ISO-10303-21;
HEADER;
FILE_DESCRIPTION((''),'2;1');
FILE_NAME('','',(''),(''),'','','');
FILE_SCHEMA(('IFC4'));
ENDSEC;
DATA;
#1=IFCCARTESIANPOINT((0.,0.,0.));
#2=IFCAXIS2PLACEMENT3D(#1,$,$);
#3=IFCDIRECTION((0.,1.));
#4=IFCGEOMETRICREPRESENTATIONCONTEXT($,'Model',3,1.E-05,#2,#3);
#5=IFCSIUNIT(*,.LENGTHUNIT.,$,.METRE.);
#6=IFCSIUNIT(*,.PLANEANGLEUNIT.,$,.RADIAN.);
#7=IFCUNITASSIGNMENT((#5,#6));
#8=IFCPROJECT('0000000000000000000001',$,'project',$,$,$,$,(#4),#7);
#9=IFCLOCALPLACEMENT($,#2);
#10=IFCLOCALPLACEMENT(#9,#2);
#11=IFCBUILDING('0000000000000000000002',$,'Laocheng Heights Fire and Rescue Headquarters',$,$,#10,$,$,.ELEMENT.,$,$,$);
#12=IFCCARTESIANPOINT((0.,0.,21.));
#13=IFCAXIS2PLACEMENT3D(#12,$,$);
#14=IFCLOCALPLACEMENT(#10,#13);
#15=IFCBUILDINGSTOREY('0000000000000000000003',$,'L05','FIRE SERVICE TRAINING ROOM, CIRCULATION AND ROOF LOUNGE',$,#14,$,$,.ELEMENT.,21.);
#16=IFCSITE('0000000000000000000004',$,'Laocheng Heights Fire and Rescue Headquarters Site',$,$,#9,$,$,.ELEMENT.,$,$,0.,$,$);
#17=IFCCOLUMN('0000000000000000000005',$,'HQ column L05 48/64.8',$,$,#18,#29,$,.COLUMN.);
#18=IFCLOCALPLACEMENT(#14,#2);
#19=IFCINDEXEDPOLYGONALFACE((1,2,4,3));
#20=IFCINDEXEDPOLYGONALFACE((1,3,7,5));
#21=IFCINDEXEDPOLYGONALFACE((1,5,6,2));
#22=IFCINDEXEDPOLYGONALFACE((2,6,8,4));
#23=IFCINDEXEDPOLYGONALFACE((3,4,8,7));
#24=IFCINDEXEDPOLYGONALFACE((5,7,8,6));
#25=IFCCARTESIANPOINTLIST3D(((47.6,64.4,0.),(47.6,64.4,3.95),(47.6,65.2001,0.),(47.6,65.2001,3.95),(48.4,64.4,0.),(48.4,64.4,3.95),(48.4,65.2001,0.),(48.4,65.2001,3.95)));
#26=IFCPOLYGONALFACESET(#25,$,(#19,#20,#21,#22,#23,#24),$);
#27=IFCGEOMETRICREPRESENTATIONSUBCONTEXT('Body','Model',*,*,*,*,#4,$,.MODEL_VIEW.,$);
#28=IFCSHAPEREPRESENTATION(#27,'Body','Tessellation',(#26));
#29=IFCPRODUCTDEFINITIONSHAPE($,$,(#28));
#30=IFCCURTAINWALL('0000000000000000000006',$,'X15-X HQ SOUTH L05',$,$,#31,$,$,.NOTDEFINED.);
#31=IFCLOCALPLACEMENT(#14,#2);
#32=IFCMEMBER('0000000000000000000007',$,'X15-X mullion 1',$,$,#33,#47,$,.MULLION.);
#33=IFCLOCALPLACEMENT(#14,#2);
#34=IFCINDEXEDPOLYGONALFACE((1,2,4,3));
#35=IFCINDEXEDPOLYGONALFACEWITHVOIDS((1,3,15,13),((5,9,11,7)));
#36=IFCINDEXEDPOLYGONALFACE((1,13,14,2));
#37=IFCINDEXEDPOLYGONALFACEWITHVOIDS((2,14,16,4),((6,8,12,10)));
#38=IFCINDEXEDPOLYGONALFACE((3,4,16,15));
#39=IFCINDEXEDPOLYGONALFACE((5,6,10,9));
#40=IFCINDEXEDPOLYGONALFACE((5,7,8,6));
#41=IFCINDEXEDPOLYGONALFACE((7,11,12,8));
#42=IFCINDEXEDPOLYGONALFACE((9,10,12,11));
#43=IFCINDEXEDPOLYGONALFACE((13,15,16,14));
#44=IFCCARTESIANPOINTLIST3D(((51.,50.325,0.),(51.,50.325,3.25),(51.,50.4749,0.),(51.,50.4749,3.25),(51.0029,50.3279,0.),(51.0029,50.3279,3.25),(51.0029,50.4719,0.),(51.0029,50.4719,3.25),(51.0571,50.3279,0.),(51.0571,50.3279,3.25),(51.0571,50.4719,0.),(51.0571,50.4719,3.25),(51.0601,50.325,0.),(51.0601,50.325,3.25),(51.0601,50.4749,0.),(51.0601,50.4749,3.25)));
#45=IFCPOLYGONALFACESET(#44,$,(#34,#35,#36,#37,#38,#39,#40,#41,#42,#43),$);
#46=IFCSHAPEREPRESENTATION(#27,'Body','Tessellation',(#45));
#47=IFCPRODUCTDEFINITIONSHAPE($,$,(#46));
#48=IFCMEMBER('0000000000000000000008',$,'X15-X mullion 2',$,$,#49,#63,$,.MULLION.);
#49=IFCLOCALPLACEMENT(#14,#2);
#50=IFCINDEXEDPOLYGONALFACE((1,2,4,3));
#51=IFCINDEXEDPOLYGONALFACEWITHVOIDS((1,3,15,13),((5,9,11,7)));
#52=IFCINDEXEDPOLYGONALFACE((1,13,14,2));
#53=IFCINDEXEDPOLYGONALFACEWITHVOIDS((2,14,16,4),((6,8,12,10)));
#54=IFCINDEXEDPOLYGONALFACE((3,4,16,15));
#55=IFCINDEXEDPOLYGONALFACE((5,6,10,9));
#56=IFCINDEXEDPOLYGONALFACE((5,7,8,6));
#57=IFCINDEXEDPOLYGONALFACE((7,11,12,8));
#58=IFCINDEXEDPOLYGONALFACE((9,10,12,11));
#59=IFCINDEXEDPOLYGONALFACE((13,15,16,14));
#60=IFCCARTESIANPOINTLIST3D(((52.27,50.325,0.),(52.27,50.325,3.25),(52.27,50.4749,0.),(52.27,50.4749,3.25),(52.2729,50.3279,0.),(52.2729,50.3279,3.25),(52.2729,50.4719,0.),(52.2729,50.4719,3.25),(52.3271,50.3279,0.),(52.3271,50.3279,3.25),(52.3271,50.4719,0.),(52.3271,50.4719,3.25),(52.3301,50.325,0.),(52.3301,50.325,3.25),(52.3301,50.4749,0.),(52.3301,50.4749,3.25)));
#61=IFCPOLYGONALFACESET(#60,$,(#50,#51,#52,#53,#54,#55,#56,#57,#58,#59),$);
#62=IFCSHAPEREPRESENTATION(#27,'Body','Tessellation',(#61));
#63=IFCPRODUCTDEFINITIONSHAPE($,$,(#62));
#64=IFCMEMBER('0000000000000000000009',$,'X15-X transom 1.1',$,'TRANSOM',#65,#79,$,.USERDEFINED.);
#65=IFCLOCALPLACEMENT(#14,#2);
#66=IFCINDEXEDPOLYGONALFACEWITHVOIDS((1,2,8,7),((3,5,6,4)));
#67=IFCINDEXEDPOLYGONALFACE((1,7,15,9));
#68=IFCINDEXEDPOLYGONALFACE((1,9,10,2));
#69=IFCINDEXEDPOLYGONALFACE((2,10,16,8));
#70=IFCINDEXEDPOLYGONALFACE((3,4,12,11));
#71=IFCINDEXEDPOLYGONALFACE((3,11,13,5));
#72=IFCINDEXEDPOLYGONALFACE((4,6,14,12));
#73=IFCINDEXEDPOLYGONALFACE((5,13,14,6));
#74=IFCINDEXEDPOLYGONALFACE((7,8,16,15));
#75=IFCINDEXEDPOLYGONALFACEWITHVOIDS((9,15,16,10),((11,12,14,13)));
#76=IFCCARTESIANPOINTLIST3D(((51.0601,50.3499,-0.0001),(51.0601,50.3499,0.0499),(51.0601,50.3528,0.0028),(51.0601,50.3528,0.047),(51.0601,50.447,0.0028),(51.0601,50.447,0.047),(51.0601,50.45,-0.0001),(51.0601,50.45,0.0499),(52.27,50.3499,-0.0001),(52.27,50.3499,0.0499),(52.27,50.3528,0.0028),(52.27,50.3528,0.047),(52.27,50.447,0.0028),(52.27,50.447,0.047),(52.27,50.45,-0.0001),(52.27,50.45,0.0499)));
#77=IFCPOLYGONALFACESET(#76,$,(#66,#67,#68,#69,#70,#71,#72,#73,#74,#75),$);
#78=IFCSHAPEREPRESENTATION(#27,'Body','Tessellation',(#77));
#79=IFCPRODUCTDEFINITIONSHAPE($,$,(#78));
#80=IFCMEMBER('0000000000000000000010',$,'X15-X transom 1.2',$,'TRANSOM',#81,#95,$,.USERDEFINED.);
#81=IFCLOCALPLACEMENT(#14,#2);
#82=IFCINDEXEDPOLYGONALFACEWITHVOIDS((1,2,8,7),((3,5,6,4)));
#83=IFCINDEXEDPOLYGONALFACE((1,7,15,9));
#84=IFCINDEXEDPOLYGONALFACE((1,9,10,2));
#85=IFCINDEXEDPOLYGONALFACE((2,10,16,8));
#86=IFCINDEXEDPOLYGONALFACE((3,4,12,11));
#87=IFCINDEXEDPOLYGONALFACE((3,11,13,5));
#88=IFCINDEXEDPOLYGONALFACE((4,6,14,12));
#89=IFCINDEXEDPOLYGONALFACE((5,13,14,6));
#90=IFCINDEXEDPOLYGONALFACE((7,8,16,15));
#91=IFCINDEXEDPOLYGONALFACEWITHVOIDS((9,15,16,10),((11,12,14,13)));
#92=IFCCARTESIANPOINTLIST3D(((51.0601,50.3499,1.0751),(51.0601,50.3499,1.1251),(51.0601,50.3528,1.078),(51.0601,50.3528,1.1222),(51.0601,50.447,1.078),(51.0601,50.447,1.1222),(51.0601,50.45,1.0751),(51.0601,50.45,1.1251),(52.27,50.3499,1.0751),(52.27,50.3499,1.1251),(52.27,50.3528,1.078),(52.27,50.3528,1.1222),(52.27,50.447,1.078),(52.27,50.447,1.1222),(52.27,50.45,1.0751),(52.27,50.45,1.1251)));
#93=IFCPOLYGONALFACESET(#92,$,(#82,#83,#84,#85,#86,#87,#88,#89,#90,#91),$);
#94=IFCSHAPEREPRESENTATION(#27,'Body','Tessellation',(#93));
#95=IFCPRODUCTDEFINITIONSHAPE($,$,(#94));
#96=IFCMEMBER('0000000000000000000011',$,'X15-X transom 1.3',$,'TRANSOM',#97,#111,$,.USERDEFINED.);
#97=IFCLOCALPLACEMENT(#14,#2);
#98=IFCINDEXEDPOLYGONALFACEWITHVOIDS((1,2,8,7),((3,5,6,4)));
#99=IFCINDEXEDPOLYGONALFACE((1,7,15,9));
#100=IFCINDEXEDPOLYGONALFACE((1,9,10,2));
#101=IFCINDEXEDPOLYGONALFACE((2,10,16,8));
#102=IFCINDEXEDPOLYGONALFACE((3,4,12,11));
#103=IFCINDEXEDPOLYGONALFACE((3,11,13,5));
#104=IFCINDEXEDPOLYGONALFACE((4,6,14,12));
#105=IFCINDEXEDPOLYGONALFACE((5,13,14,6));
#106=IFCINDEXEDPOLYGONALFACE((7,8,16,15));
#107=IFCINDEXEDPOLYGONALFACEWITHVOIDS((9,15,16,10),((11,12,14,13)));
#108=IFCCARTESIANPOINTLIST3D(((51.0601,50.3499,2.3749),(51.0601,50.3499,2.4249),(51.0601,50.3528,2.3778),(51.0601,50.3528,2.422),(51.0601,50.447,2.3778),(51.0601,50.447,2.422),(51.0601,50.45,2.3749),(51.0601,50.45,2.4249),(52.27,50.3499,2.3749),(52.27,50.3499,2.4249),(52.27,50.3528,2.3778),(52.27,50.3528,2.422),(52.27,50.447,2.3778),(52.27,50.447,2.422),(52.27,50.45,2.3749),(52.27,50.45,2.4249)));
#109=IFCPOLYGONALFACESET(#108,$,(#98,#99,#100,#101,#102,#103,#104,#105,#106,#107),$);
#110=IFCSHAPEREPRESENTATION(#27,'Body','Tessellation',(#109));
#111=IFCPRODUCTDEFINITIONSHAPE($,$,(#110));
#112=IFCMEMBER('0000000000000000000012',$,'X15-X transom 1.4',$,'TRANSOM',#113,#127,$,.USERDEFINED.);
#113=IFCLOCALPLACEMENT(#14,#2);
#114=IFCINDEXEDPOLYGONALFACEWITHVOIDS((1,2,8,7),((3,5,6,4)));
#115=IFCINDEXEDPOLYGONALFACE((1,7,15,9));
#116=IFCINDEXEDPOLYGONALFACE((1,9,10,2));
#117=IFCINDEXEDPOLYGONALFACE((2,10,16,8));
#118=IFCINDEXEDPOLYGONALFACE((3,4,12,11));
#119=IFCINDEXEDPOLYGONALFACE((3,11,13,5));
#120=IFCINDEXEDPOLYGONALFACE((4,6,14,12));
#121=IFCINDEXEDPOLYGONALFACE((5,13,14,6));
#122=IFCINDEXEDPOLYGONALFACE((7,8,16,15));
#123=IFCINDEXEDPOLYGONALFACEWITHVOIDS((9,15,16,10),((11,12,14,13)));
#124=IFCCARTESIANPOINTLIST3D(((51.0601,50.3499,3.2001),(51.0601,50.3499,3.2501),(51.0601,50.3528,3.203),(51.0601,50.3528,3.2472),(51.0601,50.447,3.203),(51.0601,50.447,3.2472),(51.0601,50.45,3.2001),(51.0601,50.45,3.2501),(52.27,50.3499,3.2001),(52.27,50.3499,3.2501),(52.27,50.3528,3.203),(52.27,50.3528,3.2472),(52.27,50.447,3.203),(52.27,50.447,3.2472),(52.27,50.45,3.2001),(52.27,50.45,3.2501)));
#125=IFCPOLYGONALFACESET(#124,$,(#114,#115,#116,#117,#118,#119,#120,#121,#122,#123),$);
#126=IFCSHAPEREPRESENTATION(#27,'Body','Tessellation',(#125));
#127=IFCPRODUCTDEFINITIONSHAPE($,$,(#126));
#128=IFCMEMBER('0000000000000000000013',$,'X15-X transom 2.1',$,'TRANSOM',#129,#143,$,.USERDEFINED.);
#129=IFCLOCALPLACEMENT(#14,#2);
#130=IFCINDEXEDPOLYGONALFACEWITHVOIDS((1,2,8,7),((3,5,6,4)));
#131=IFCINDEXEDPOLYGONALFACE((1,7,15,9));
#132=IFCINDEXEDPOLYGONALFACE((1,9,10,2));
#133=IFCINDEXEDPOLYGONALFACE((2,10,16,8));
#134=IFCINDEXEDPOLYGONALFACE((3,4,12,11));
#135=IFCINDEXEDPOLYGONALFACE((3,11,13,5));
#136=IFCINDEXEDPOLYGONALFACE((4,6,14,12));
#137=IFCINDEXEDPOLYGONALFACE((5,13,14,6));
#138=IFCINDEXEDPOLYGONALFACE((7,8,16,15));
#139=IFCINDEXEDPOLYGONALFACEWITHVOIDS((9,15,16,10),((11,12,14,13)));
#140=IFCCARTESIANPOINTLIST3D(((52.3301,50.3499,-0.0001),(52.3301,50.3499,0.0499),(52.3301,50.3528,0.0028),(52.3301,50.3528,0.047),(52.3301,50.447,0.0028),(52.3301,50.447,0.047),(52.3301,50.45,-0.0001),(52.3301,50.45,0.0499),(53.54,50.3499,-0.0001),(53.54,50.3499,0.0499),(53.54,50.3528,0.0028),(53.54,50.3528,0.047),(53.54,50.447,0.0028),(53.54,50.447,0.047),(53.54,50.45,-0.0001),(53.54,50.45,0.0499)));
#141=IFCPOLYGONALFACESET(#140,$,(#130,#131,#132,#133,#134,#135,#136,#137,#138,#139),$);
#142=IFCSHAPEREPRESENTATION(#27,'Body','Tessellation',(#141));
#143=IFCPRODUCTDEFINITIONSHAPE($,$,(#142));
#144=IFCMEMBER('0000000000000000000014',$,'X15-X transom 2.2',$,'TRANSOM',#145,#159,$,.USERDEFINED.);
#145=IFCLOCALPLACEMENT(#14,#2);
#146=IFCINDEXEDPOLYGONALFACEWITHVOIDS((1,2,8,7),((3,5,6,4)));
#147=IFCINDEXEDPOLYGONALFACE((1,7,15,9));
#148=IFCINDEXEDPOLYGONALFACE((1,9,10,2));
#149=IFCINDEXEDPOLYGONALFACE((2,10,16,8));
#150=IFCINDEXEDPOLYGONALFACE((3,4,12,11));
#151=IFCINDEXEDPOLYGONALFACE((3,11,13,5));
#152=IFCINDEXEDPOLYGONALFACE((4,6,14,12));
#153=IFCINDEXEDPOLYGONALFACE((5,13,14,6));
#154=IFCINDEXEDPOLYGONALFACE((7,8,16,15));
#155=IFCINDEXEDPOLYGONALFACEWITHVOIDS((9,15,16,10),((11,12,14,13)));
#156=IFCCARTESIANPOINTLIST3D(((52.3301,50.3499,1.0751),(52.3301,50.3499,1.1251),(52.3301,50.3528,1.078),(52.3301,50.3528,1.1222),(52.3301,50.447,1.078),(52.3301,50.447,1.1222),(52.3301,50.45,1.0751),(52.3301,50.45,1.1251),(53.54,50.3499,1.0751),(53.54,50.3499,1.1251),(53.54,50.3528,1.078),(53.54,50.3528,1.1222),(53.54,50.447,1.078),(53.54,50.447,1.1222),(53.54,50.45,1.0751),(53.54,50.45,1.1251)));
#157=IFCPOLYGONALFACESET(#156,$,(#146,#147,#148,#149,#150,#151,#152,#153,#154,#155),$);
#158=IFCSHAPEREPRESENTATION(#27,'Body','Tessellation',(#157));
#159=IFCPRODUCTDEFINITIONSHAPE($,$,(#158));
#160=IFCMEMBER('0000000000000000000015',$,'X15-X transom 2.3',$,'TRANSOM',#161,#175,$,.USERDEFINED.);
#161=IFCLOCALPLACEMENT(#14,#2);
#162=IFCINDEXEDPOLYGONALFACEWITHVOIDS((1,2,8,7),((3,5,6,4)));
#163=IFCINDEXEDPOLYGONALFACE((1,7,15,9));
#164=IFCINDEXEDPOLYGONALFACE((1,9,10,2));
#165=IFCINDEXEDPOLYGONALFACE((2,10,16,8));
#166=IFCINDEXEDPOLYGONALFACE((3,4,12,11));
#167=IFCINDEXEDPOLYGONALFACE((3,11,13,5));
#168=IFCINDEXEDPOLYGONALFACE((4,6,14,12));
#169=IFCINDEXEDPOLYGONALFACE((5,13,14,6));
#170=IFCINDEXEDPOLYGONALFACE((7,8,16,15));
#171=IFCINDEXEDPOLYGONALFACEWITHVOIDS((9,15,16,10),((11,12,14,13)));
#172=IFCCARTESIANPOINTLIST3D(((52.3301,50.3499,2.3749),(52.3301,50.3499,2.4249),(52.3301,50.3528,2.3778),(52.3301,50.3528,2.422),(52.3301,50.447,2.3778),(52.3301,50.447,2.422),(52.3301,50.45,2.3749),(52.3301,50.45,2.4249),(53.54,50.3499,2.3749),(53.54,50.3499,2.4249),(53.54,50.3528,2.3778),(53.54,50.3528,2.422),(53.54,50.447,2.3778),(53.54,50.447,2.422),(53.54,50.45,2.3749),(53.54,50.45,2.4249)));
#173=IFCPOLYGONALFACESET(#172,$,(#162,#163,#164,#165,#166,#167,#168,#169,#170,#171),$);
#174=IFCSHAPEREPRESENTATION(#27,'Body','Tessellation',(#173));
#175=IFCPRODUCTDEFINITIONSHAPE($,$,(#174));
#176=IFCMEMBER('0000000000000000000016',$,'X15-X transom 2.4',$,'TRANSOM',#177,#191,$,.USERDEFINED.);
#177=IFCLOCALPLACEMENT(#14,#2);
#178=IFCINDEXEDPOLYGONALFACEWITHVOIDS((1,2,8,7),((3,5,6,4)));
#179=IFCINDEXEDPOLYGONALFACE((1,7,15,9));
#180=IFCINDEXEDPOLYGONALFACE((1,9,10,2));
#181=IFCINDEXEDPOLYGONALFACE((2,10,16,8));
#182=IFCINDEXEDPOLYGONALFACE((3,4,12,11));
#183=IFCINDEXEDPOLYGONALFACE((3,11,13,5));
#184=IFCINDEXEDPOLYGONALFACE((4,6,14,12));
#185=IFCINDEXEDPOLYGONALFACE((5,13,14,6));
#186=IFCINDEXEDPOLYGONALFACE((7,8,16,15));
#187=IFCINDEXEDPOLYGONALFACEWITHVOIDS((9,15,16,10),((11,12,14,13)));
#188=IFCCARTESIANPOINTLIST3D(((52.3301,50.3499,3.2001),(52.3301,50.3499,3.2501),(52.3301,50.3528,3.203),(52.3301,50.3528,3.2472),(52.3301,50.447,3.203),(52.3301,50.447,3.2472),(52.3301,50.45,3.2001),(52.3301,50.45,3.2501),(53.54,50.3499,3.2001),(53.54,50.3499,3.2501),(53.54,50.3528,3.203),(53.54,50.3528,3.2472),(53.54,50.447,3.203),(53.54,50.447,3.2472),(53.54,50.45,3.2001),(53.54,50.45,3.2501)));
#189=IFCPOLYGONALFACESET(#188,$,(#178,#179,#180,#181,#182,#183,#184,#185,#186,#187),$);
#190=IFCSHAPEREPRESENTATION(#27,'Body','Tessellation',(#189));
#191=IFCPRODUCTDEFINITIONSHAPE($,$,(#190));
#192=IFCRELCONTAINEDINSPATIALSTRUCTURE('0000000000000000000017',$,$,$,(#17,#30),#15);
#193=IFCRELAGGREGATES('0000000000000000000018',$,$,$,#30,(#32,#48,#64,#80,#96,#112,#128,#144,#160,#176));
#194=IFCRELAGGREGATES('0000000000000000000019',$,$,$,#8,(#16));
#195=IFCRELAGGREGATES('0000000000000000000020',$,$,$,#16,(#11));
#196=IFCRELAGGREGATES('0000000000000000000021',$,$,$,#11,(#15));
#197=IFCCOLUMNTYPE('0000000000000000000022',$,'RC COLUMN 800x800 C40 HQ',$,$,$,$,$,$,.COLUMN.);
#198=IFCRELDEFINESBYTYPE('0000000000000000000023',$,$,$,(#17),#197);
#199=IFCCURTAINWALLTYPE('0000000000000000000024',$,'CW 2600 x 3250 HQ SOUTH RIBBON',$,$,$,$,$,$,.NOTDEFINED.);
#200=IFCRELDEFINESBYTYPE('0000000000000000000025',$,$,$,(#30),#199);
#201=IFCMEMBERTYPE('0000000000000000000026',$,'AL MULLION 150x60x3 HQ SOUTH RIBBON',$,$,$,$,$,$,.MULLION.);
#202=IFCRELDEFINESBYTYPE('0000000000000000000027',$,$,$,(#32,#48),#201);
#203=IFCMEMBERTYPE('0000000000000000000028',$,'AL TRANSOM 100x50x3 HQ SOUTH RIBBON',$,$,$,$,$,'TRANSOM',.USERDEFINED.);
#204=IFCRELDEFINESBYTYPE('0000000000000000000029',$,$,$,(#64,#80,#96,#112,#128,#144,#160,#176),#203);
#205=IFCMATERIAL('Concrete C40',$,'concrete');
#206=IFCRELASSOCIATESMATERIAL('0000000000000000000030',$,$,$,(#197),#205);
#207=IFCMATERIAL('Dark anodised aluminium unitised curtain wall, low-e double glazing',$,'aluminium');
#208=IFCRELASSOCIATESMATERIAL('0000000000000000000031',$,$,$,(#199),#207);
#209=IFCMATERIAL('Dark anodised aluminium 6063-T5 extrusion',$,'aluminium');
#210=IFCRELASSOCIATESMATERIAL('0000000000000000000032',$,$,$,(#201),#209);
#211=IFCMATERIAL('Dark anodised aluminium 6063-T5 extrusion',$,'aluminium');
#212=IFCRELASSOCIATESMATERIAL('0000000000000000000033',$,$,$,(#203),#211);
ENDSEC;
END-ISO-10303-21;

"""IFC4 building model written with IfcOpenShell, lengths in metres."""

from ifc_helpers import new_model, si_unit, direction, frame, origin, origin_2d, place, context, subcontext, project, spatial, rectangle, hollow_rectangle, extrude, material, material_profile, profile_set, type_object, element, aggregate, save


model = new_model("IFC4")

# Units and contexts
model_context = context("Model", 3, precision=1e-05, world=origin(), true_north=direction((0.0, 1.0)))
body_context = subcontext(model_context, "Body", "Model", "MODEL_VIEW")
ifc_project = project(units=[si_unit("LENGTHUNIT", "METRE"), si_unit("PLANEANGLEUNIT", "RADIAN")], contexts=[model_context])

# Site, building, storey
site_placement = place(None, origin())
site = spatial("IfcSite", under=ifc_project, at=site_placement, Name="Laocheng Heights Fire and Rescue Headquarters Site", CompositionType="ELEMENT", RefElevation=0.0)
building_placement = place(site_placement, origin())
building = spatial("IfcBuilding", under=site, at=building_placement, Name="Laocheng Heights Fire and Rescue Headquarters", CompositionType="ELEMENT")
storey_placement = place(building_placement, frame((0.0, 0.0, 21.0)))
storey = spatial("IfcBuildingStorey", under=building, at=storey_placement, Name="L05", Description="FIRE SERVICE TRAINING ROOM, CIRCULATION AND ROOF LOUNGE", CompositionType="ELEMENT", Elevation=21.0)

# Column
ifc_material_1 = material(Name="Concrete C40", Category="concrete")
ifc_material_profile_1 = material_profile(ifc_material_1, rectangle(XDim=0.8, YDim=0.8, at=origin_2d()), Name="RC COLUMN 800x800 C40 HQ")
ifc_profile_set_1 = profile_set([ifc_material_profile_1], Name="Concrete C40")
column_type = type_object("IfcColumnType", Name="RC COLUMN 800x800 C40 HQ", PredefinedType="COLUMN", material=ifc_profile_set_1)
column_placement = place(storey_placement, frame((48.0, 64.8, 0.0), z_axis=(0.0, 0.0, 1.0), x_axis=(1.0, 0.0, 0.0)))
element("IfcColumn", 1, at=column_placement, inside=storey, type_object=column_type, Name="HQ column L05 48/64.8", PredefinedType="COLUMN", context=body_context, shape_type="SweptSolid", body=[
    extrude(rectangle(XDim=0.8, YDim=0.8, at=origin_2d()), origin(), (0.0, 0.0, 1.0), 3.95),
])

# Curtain wall, members
ifc_material_2 = material(Name="Dark anodised aluminium unitised curtain wall, low-e double glazing", Category="aluminium")
curtain_wall_type = type_object("IfcCurtainWallType", Name="CW 2600 x 3250 HQ SOUTH RIBBON", PredefinedType="NOTDEFINED", material=ifc_material_2)
curtain_wall_placement = place(storey_placement, origin())
curtain_wall = element("IfcCurtainWall", 2, at=curtain_wall_placement, inside=storey, type_object=curtain_wall_type, Name="X15-X HQ SOUTH L05", PredefinedType="NOTDEFINED")
ifc_material_3 = material(Name="Dark anodised aluminium 6063-T5 extrusion", Category="aluminium")
ifc_material_profile_2 = material_profile(ifc_material_3, hollow_rectangle(XDim=0.1499, YDim=0.0601, WallThickness=0.0029, at=origin_2d()), Name="AL MULLION 150x60x3 HQ SOUTH RIBBON")
ifc_profile_set_2 = profile_set([ifc_material_profile_2], Name="Dark anodised aluminium 6063-T5 extrusion")
member_type_1 = type_object("IfcMemberType", Name="AL MULLION 150x60x3 HQ SOUTH RIBBON", PredefinedType="MULLION", material=ifc_profile_set_2)
member_1_placement = place(storey_placement, frame((51.03, 50.3999, 0.0), z_axis=(0.0, 0.0, 1.0), x_axis=(0.0, 1.0, 0.0)))
member_1 = element("IfcMember", 3, at=member_1_placement, type_object=member_type_1, Name="X15-X mullion 1", PredefinedType="MULLION", context=body_context, shape_type="SweptSolid", body=[
    extrude(hollow_rectangle(XDim=0.1499, YDim=0.0601, WallThickness=0.0029, at=origin_2d()), origin(), (0.0, 0.0, 1.0), 3.25),
])
member_2_placement = place(storey_placement, frame((52.3, 50.3999, 0.0), z_axis=(0.0, 0.0, 1.0), x_axis=(0.0, 1.0, 0.0)))
member_2 = element("IfcMember", 4, at=member_2_placement, type_object=member_type_1, Name="X15-X mullion 2", PredefinedType="MULLION", context=body_context, shape_type="SweptSolid", body=[
    extrude(hollow_rectangle(XDim=0.1499, YDim=0.0601, WallThickness=0.0029, at=origin_2d()), origin(), (0.0, 0.0, 1.0), 3.25),
])
ifc_material_4 = material(Name="Dark anodised aluminium 6063-T5 extrusion", Category="aluminium")
ifc_material_profile_3 = material_profile(ifc_material_4, hollow_rectangle(XDim=0.1001, YDim=0.05, WallThickness=0.0029, at=origin_2d()), Name="AL TRANSOM 100x50x3 HQ SOUTH RIBBON")
ifc_profile_set_3 = profile_set([ifc_material_profile_3], Name="Dark anodised aluminium 6063-T5 extrusion")
member_type_2 = type_object("IfcMemberType", Name="AL TRANSOM 100x50x3 HQ SOUTH RIBBON", ElementType="TRANSOM", PredefinedType="USERDEFINED", material=ifc_profile_set_3)
member_3_placement = place(storey_placement, frame((51.0601, 50.3999, 0.0249), z_axis=(1.0, 0.0, 0.0), x_axis=(0.0, 1.0, 0.0)))
member_3 = element("IfcMember", 5, at=member_3_placement, type_object=member_type_2, Name="X15-X transom 1.1", ObjectType="TRANSOM", PredefinedType="USERDEFINED", context=body_context, shape_type="SweptSolid", body=[
    extrude(hollow_rectangle(XDim=0.1001, YDim=0.05, WallThickness=0.0029, at=origin_2d()), origin(), (0.0, 0.0, 1.0), 1.21),
])
member_4_placement = place(storey_placement, frame((51.0601, 50.3999, 1.1001), z_axis=(1.0, 0.0, 0.0), x_axis=(0.0, 1.0, 0.0)))
member_4 = element("IfcMember", 6, at=member_4_placement, type_object=member_type_2, Name="X15-X transom 1.2", ObjectType="TRANSOM", PredefinedType="USERDEFINED", context=body_context, shape_type="SweptSolid", body=[
    extrude(hollow_rectangle(XDim=0.1001, YDim=0.05, WallThickness=0.0029, at=origin_2d()), origin(), (0.0, 0.0, 1.0), 1.21),
])
member_5_placement = place(storey_placement, frame((51.0601, 50.3999, 2.3999), z_axis=(1.0, 0.0, 0.0), x_axis=(0.0, 1.0, 0.0)))
member_5 = element("IfcMember", 7, at=member_5_placement, type_object=member_type_2, Name="X15-X transom 1.3", ObjectType="TRANSOM", PredefinedType="USERDEFINED", context=body_context, shape_type="SweptSolid", body=[
    extrude(hollow_rectangle(XDim=0.1001, YDim=0.05, WallThickness=0.0029, at=origin_2d()), origin(), (0.0, 0.0, 1.0), 1.21),
])
member_6_placement = place(storey_placement, frame((51.0601, 50.3999, 3.2251), z_axis=(1.0, 0.0, 0.0), x_axis=(0.0, 1.0, 0.0)))
member_6 = element("IfcMember", 8, at=member_6_placement, type_object=member_type_2, Name="X15-X transom 1.4", ObjectType="TRANSOM", PredefinedType="USERDEFINED", context=body_context, shape_type="SweptSolid", body=[
    extrude(hollow_rectangle(XDim=0.1001, YDim=0.05, WallThickness=0.0029, at=origin_2d()), origin(), (0.0, 0.0, 1.0), 1.21),
])
member_7_placement = place(storey_placement, frame((52.3301, 50.3999, 0.0249), z_axis=(1.0, 0.0, 0.0), x_axis=(0.0, 1.0, 0.0)))
member_7 = element("IfcMember", 9, at=member_7_placement, type_object=member_type_2, Name="X15-X transom 2.1", ObjectType="TRANSOM", PredefinedType="USERDEFINED", context=body_context, shape_type="SweptSolid", body=[
    extrude(hollow_rectangle(XDim=0.1001, YDim=0.05, WallThickness=0.0029, at=origin_2d()), origin(), (0.0, 0.0, 1.0), 1.21),
])
member_8_placement = place(storey_placement, frame((52.3301, 50.3999, 1.1001), z_axis=(1.0, 0.0, 0.0), x_axis=(0.0, 1.0, 0.0)))
member_8 = element("IfcMember", 10, at=member_8_placement, type_object=member_type_2, Name="X15-X transom 2.2", ObjectType="TRANSOM", PredefinedType="USERDEFINED", context=body_context, shape_type="SweptSolid", body=[
    extrude(hollow_rectangle(XDim=0.1001, YDim=0.05, WallThickness=0.0029, at=origin_2d()), origin(), (0.0, 0.0, 1.0), 1.21),
])
member_9_placement = place(storey_placement, frame((52.3301, 50.3999, 2.3999), z_axis=(1.0, 0.0, 0.0), x_axis=(0.0, 1.0, 0.0)))
member_9 = element("IfcMember", 11, at=member_9_placement, type_object=member_type_2, Name="X15-X transom 2.3", ObjectType="TRANSOM", PredefinedType="USERDEFINED", context=body_context, shape_type="SweptSolid", body=[
    extrude(hollow_rectangle(XDim=0.1001, YDim=0.05, WallThickness=0.0029, at=origin_2d()), origin(), (0.0, 0.0, 1.0), 1.21),
])
member_10_placement = place(storey_placement, frame((52.3301, 50.3999, 3.2251), z_axis=(1.0, 0.0, 0.0), x_axis=(0.0, 1.0, 0.0)))
member_10 = element("IfcMember", 12, at=member_10_placement, type_object=member_type_2, Name="X15-X transom 2.4", ObjectType="TRANSOM", PredefinedType="USERDEFINED", context=body_context, shape_type="SweptSolid", body=[
    extrude(hollow_rectangle(XDim=0.1001, YDim=0.05, WallThickness=0.0029, at=origin_2d()), origin(), (0.0, 0.0, 1.0), 1.21),
])

aggregate(curtain_wall, [member_1, member_2, member_3, member_4, member_5, member_6, member_7, member_8, member_9, member_10])

save(model, "model.ifc")
